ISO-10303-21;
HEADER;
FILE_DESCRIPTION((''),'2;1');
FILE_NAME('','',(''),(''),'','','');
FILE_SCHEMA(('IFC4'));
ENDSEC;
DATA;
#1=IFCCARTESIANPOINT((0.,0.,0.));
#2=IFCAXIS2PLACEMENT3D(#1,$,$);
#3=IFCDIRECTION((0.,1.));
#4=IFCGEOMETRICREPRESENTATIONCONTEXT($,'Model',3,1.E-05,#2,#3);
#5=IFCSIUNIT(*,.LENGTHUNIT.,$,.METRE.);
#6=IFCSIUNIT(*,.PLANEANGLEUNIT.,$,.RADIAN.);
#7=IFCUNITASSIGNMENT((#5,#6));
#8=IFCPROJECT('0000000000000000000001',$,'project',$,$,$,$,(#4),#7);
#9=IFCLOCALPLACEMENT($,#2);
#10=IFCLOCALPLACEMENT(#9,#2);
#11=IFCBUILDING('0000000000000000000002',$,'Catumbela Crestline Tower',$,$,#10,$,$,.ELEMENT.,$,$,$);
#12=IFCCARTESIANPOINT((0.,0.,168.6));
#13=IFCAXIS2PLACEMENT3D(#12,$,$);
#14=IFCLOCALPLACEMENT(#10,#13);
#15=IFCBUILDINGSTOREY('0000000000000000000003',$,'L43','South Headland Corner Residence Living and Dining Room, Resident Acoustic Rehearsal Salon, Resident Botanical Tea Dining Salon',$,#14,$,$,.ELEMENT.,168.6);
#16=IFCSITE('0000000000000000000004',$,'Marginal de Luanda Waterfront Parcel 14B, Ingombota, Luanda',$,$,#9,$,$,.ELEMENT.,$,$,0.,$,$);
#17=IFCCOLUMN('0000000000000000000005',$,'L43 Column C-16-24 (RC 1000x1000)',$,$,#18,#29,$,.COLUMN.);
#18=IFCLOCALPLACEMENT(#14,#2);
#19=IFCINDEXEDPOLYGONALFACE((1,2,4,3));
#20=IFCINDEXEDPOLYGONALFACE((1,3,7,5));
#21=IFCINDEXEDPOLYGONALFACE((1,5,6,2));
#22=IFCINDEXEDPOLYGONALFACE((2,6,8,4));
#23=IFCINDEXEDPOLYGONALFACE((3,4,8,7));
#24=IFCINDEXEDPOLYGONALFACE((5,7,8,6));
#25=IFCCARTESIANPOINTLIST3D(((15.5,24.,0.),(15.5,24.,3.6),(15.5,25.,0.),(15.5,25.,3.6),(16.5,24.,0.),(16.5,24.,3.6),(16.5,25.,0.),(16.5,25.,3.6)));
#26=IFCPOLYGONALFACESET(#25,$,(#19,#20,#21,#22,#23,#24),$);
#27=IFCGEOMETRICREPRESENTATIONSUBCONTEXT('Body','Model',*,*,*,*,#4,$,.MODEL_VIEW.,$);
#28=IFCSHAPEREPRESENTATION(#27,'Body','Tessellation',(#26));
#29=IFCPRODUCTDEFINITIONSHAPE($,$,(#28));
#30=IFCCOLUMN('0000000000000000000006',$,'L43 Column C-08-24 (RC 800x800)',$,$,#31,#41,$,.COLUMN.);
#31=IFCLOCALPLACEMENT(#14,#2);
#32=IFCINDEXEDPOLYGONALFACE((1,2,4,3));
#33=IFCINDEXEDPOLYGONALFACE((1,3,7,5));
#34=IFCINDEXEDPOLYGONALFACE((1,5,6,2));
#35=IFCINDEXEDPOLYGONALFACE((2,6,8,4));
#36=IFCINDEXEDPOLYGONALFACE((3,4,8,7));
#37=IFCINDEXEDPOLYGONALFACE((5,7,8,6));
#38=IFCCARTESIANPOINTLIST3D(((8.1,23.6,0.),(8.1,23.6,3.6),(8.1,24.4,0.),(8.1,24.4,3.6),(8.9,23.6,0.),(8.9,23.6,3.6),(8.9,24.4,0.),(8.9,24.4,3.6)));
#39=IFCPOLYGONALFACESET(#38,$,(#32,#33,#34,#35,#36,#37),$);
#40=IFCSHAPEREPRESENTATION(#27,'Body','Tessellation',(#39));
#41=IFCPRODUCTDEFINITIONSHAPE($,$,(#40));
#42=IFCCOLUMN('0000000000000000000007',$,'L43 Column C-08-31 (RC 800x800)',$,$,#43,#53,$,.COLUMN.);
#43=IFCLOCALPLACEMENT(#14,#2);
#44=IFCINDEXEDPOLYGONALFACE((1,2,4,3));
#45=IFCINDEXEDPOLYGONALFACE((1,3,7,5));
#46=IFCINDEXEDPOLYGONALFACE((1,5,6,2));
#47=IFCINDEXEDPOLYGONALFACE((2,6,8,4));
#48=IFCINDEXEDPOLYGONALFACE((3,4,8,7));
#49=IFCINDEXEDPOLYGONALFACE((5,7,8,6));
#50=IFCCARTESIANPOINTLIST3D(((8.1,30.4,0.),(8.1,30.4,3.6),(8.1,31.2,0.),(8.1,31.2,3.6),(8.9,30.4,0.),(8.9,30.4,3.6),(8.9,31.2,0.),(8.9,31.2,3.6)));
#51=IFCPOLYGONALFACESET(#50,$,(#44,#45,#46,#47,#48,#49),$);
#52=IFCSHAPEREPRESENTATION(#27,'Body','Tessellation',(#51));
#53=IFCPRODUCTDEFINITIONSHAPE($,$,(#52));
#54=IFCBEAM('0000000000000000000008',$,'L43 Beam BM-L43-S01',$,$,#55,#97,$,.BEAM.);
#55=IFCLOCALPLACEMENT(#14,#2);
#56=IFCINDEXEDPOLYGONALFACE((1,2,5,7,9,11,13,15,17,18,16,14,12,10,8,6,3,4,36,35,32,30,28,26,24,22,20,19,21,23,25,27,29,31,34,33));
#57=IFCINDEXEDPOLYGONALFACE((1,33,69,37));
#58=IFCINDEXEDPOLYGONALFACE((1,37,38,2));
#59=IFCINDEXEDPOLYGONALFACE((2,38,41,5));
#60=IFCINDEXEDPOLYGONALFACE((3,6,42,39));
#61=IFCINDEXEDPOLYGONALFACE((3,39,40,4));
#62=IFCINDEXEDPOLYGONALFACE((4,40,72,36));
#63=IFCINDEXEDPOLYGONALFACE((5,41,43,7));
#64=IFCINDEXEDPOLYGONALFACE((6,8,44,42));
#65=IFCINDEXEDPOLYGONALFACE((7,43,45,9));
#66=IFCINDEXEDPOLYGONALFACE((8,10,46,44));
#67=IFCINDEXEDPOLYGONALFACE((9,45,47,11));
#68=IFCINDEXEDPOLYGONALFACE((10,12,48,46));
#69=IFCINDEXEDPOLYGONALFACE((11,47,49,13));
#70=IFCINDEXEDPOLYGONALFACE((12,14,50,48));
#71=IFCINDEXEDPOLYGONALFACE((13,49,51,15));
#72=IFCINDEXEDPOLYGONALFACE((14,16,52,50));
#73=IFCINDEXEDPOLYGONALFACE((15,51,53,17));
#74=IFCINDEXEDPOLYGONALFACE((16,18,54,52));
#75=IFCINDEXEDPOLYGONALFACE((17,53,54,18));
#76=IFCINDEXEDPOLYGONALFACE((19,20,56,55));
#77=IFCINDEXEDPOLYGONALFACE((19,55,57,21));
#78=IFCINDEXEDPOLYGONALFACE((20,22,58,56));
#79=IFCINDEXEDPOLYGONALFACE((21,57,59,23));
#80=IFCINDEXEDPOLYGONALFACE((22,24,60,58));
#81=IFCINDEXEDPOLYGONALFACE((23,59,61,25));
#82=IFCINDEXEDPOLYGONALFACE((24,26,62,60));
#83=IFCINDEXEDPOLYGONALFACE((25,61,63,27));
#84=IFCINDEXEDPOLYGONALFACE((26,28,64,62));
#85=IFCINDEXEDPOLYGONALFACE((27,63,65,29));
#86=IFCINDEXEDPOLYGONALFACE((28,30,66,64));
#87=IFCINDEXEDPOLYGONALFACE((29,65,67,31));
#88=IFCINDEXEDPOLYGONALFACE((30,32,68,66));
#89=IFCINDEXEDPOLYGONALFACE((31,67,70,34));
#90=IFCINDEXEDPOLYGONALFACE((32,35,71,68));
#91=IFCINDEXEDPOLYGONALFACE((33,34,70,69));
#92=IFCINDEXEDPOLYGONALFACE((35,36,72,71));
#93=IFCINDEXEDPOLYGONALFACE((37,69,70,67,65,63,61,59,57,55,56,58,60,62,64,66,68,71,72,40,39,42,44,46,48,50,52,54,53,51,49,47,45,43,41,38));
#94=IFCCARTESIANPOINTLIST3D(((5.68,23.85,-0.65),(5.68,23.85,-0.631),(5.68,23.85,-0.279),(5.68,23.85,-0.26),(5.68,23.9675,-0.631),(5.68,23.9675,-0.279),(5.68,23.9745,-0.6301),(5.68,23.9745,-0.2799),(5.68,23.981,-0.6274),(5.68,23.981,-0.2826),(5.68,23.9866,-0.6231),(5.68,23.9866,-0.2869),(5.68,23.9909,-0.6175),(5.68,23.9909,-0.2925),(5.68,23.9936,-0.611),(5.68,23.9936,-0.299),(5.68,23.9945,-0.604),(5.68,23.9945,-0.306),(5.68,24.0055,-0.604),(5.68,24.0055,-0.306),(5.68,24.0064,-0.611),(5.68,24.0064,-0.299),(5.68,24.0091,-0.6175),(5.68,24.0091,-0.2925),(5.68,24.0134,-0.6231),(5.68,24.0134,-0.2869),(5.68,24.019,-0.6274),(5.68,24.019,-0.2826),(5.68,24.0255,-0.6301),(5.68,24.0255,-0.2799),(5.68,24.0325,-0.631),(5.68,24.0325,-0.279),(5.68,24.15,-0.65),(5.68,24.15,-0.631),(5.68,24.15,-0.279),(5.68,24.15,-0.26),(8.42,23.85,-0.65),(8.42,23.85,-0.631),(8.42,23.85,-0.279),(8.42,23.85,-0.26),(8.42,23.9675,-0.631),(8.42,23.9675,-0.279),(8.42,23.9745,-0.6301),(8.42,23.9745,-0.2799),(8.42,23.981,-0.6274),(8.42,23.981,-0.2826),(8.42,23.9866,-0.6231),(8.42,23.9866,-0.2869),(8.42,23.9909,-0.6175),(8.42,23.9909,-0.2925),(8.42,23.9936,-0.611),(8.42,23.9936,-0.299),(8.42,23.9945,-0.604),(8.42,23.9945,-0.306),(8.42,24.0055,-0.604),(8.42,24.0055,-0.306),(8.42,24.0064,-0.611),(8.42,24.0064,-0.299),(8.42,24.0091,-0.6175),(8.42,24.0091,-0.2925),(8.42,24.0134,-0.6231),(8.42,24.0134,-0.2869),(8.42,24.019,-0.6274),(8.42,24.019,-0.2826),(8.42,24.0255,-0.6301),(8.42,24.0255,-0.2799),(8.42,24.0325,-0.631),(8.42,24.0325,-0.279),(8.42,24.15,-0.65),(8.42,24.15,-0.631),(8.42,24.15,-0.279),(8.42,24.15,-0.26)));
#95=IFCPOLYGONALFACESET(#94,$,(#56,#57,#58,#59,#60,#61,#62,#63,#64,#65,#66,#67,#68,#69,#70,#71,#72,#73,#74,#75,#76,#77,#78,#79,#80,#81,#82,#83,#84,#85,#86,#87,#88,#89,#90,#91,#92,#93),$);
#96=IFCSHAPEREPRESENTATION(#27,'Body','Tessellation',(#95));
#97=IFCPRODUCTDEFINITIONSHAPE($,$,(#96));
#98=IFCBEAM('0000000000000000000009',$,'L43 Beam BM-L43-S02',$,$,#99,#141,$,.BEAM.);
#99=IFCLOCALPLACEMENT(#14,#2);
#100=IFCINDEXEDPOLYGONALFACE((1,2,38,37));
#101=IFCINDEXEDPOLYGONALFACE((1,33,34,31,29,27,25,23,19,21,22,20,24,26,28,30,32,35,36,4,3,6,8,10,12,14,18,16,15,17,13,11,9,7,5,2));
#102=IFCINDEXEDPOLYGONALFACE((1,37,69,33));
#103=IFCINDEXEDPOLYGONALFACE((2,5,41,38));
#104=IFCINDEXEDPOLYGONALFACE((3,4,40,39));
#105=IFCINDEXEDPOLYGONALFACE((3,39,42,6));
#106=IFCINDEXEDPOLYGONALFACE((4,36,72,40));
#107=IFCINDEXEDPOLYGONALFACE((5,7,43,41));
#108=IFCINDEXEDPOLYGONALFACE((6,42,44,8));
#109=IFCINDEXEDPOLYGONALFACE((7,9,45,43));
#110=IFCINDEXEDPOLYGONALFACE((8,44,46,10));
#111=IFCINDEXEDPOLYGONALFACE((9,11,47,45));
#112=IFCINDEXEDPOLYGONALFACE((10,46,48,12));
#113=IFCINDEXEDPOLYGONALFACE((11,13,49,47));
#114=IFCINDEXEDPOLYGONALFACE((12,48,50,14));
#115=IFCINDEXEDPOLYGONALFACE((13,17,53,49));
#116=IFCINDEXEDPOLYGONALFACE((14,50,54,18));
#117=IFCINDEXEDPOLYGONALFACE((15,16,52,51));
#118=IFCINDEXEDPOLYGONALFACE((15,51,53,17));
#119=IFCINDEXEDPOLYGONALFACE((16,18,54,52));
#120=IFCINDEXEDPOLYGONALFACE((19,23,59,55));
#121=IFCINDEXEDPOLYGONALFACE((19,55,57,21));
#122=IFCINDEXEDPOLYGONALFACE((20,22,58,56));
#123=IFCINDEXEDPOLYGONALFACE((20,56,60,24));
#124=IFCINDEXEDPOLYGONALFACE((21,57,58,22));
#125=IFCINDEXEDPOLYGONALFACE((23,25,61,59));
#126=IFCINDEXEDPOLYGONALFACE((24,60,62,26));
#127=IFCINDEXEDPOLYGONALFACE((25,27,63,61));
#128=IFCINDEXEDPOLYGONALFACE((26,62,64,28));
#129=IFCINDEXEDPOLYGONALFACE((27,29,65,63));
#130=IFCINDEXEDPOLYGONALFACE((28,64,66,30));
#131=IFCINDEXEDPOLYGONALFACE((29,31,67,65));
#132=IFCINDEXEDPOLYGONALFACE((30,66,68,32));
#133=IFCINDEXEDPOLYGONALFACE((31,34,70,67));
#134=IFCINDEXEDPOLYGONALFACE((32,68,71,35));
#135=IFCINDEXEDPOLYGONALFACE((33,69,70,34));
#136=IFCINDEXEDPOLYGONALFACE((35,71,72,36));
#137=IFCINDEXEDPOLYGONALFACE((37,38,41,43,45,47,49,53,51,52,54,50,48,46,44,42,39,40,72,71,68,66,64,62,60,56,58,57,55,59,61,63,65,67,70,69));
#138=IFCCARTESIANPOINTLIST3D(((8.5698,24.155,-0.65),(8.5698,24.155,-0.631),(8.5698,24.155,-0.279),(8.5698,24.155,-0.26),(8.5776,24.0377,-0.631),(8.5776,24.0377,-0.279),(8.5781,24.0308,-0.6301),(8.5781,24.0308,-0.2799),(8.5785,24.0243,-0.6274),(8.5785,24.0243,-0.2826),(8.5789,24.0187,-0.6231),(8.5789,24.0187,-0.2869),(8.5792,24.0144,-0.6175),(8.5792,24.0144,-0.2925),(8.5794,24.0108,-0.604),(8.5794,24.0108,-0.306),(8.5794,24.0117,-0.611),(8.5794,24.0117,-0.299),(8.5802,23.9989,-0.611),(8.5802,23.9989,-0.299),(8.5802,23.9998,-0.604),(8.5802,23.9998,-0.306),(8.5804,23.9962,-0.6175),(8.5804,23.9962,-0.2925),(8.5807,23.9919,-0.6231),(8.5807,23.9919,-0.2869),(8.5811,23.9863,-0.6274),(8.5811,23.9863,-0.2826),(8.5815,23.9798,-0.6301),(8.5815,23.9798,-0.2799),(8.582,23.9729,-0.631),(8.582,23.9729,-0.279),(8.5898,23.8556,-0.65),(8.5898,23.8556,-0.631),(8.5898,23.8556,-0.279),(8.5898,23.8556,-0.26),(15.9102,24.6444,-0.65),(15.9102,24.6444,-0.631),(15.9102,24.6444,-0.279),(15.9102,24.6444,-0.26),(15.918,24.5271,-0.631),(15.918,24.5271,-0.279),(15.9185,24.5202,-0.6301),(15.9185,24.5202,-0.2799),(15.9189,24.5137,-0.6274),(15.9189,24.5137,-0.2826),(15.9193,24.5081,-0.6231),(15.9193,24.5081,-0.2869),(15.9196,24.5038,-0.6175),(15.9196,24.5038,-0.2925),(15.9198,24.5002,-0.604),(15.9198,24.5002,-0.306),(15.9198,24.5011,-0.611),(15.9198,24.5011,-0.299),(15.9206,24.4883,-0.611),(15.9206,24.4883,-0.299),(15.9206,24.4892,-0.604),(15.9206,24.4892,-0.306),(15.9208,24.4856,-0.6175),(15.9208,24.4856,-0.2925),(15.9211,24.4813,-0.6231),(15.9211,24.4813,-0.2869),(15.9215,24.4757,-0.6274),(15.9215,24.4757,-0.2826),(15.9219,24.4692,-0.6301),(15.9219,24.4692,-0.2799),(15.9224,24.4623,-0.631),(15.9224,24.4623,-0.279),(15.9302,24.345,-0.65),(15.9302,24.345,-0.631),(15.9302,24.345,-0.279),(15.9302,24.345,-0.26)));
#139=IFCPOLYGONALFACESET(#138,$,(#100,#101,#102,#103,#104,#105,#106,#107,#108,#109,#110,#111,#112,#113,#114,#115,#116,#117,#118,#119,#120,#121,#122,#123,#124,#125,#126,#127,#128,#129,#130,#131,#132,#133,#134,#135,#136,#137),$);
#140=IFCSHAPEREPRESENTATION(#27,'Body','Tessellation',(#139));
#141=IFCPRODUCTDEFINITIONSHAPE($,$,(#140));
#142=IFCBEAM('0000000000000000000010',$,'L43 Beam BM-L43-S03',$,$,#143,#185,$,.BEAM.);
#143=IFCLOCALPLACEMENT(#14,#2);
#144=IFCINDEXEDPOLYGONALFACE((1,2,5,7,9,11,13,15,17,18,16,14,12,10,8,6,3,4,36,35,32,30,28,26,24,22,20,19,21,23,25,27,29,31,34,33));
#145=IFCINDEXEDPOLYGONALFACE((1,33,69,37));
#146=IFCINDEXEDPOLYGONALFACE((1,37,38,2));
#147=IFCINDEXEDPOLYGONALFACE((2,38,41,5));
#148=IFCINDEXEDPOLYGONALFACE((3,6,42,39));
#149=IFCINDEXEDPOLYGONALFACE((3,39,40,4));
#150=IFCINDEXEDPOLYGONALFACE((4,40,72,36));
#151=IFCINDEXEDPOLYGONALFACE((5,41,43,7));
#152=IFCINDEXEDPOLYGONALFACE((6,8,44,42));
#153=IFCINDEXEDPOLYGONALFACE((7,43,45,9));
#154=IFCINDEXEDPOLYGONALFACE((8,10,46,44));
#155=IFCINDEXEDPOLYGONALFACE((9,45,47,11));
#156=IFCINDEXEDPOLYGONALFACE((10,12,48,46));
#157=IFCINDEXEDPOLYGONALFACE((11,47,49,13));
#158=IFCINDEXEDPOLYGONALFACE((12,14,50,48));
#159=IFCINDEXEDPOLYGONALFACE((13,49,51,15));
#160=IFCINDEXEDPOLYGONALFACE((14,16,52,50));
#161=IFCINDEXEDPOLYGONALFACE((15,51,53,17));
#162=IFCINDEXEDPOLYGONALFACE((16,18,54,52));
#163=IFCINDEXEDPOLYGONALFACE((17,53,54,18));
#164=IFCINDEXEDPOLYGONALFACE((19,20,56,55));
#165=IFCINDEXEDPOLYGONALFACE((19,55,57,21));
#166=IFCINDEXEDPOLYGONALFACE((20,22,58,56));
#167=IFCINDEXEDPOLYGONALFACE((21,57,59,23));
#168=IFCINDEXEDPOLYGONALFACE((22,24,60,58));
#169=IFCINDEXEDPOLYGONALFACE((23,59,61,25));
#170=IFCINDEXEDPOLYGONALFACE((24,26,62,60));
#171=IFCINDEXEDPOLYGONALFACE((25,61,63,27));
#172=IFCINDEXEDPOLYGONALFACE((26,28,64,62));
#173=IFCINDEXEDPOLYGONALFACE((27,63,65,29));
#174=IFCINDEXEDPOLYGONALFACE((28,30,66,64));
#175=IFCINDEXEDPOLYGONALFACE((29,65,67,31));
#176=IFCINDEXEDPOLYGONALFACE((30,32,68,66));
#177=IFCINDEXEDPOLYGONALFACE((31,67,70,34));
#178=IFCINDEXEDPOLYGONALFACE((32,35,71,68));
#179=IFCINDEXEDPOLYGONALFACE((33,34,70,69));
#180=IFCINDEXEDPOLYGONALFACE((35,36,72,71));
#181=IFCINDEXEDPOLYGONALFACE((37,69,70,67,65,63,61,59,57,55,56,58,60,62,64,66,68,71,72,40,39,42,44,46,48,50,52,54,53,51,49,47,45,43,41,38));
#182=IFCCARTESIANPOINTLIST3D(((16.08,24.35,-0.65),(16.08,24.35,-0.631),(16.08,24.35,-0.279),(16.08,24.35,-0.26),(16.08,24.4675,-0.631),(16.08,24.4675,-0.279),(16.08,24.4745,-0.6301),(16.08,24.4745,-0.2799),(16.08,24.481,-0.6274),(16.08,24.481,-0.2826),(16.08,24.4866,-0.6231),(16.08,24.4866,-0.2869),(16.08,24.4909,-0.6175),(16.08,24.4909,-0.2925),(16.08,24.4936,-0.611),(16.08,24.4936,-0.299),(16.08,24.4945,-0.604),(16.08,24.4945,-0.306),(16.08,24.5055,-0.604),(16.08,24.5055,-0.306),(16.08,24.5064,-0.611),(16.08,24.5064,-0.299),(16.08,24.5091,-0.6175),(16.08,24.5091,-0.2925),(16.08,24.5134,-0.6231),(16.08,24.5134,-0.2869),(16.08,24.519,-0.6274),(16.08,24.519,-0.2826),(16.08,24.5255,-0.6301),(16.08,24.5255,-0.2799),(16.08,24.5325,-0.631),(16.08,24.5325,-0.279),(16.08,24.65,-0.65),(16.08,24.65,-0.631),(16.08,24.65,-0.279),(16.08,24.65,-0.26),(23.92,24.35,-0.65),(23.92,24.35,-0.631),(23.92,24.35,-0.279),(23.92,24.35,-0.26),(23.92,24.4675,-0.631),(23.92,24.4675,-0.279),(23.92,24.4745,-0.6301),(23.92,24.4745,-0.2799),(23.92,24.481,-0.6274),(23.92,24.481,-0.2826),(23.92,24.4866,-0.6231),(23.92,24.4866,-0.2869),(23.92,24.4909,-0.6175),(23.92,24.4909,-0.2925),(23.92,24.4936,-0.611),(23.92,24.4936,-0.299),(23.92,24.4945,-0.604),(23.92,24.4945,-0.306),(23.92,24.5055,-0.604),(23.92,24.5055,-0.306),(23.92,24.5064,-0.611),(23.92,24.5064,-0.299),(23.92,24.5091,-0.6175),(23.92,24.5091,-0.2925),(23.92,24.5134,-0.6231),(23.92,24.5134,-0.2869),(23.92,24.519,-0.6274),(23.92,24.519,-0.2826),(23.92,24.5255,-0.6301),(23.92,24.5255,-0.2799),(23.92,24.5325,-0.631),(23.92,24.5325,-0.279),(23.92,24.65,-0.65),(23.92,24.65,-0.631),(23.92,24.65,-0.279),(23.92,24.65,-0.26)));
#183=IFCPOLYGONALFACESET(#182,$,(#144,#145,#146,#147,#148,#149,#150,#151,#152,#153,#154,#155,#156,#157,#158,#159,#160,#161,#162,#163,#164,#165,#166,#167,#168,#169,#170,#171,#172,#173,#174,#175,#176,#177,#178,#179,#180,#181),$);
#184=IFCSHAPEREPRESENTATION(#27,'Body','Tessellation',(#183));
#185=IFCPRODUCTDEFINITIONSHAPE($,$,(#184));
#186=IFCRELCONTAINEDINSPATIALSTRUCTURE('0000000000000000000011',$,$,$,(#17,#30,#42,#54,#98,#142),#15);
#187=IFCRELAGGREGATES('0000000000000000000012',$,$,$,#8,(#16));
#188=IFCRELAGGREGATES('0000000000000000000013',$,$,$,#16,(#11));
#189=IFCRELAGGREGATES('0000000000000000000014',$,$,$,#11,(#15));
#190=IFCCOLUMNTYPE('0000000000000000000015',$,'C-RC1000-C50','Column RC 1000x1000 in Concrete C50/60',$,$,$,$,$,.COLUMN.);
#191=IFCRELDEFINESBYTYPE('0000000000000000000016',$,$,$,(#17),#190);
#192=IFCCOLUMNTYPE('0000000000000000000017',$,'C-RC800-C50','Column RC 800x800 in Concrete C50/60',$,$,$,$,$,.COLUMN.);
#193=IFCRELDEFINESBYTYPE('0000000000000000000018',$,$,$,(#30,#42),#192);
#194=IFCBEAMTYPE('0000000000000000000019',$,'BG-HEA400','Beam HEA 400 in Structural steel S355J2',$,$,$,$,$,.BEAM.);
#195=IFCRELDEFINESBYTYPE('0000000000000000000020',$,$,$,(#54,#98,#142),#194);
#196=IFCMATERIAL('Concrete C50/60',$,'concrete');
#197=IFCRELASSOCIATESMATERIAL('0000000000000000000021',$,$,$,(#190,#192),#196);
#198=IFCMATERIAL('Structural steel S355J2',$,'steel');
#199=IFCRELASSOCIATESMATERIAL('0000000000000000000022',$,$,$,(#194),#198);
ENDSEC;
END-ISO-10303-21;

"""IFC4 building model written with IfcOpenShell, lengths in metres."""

from ifc_helpers import new_model, si_unit, direction, frame, origin, origin_2d, place, context, subcontext, project, spatial, rectangle, i_section, extrude, material, material_profile, profile_set, type_object, element, save


model = new_model("IFC4")

# Units and contexts
model_context = context("Model", 3, precision=1e-05, world=origin(), true_north=direction((0.0, 1.0)))
body_context = subcontext(model_context, "Body", "Model", "MODEL_VIEW")
ifc_project = project(units=[si_unit("LENGTHUNIT", "METRE"), si_unit("PLANEANGLEUNIT", "RADIAN")], contexts=[model_context])

# Site, building, storey
site_placement = place(None, origin())
site = spatial("IfcSite", under=ifc_project, at=site_placement, Name="Marginal de Luanda Waterfront Parcel 14B, Ingombota, Luanda", CompositionType="ELEMENT", RefElevation=0.0)
building_placement = place(site_placement, origin())
building = spatial("IfcBuilding", under=site, at=building_placement, Name="Catumbela Crestline Tower", CompositionType="ELEMENT")
storey_placement = place(building_placement, frame((0.0, 0.0, 168.6)))
storey = spatial("IfcBuildingStorey", under=building, at=storey_placement, Name="L43", Description="South Headland Corner Residence Living and Dining Room, Resident Acoustic Rehearsal Salon, Resident Botanical Tea Dining Salon", CompositionType="ELEMENT", Elevation=168.6)

# Columns
ifc_material_1 = material(Name="Concrete C50/60", Category="concrete")
ifc_material_profile_1 = material_profile(ifc_material_1, rectangle(XDim=1.0, YDim=1.0, at=origin_2d()), Name="RC 1000x1000")
ifc_profile_set_1 = profile_set([ifc_material_profile_1], Name="Concrete C50/60")
column_type_1 = type_object("IfcColumnType", Name="C-RC1000-C50", Description="Column RC 1000x1000 in Concrete C50/60", PredefinedType="COLUMN", material=ifc_profile_set_1)
column_placement = place(storey_placement, frame((16.0, 24.5, 0.0), z_axis=(0.0, 0.0, 1.0), x_axis=(1.0, 0.0, 0.0)))
element("IfcColumn", 1, at=column_placement, inside=storey, type_object=column_type_1, Name="L43 Column C-16-24 (RC 1000x1000)", PredefinedType="COLUMN", context=body_context, shape_type="SweptSolid", body=[
    extrude(rectangle(XDim=1.0, YDim=1.0, at=origin_2d()), origin(), (0.0, 0.0, 1.0), 3.6),
])
ifc_material_profile_2 = material_profile(ifc_material_1, rectangle(XDim=0.8, YDim=0.8, at=origin_2d()), Name="RC 800x800")
ifc_profile_set_2 = profile_set([ifc_material_profile_2], Name="Concrete C50/60")
column_type_2 = type_object("IfcColumnType", Name="C-RC800-C50", Description="Column RC 800x800 in Concrete C50/60", PredefinedType="COLUMN", material=ifc_profile_set_2)
for number, where, z_axis, x_axis, name in (
    (2, (8.5, 24.0, 0.0), (0.0, 0.0, 1.0), (1.0, 0.0, 0.0), "L43 Column C-08-24 (RC 800x800)"),
    (3, (8.5, 30.8, 0.0), (0.0, 0.0, 1.0), (1.0, 0.0, 0.0), "L43 Column C-08-31 (RC 800x800)"),
):
    element("IfcColumn", number, at=place(storey_placement, frame(where, z_axis=z_axis, x_axis=x_axis)), inside=storey, type_object=column_type_2, Name=name, PredefinedType="COLUMN", context=body_context, shape_type="SweptSolid", body=[
        extrude(rectangle(XDim=0.8, YDim=0.8, at=origin_2d()), origin(), (0.0, 0.0, 1.0), 3.6),
    ])

# Beams
ifc_material_2 = material(Name="Structural steel S355J2", Category="steel")
ifc_material_profile_3 = material_profile(ifc_material_2, i_section(OverallWidth=0.3, OverallDepth=0.39, WebThickness=0.011, FlangeThickness=0.019, FilletRadius=0.027, at=origin_2d()), Name="HEA 400")
ifc_profile_set_3 = profile_set([ifc_material_profile_3], Name="Structural steel S355J2")
beam_type_1 = type_object("IfcBeamType", Name="BG-HEA400", Description="Beam HEA 400 in Structural steel S355J2", PredefinedType="BEAM", material=ifc_profile_set_3)
beam_1_placement = place(storey_placement, frame((5.68, 24.0, -0.455), z_axis=(1.0, 0.0, 0.0), x_axis=(0.0, 1.0, 0.0)))
element("IfcBeam", 4, at=beam_1_placement, inside=storey, type_object=beam_type_1, Name="L43 Beam BM-L43-S01", PredefinedType="BEAM", context=body_context, shape_type="SweptSolid", body=[
    extrude(i_section(OverallWidth=0.3, OverallDepth=0.39, WebThickness=0.011, FlangeThickness=0.019, FilletRadius=0.027, at=origin_2d()), origin(), (0.0, 0.0, 1.0), 2.74),
])
beam_2_placement = place(storey_placement, frame((8.5798, 24.0053, -0.455), z_axis=(0.997785, 0.066524, 0.0), x_axis=(-0.066524, 0.997785, 0.0)))
element("IfcBeam", 5, at=beam_2_placement, inside=storey, type_object=beam_type_1, Name="L43 Beam BM-L43-S02", PredefinedType="BEAM", context=body_context, shape_type="SweptSolid", body=[
    extrude(i_section(OverallWidth=0.3, OverallDepth=0.39, WebThickness=0.011, FlangeThickness=0.019, FilletRadius=0.027, at=origin_2d()), origin(), (0.0, 0.0, 1.0), 7.3567),
])
beam_3_placement = place(storey_placement, frame((16.08, 24.5, -0.455), z_axis=(1.0, 0.0, 0.0), x_axis=(0.0, 1.0, 0.0)))
element("IfcBeam", 6, at=beam_3_placement, inside=storey, type_object=beam_type_1, Name="L43 Beam BM-L43-S03", PredefinedType="BEAM", context=body_context, shape_type="SweptSolid", body=[
    extrude(i_section(OverallWidth=0.3, OverallDepth=0.39, WebThickness=0.011, FlangeThickness=0.019, FilletRadius=0.027, at=origin_2d()), origin(), (0.0, 0.0, 1.0), 7.84),
])

save(model, "model.ifc")
